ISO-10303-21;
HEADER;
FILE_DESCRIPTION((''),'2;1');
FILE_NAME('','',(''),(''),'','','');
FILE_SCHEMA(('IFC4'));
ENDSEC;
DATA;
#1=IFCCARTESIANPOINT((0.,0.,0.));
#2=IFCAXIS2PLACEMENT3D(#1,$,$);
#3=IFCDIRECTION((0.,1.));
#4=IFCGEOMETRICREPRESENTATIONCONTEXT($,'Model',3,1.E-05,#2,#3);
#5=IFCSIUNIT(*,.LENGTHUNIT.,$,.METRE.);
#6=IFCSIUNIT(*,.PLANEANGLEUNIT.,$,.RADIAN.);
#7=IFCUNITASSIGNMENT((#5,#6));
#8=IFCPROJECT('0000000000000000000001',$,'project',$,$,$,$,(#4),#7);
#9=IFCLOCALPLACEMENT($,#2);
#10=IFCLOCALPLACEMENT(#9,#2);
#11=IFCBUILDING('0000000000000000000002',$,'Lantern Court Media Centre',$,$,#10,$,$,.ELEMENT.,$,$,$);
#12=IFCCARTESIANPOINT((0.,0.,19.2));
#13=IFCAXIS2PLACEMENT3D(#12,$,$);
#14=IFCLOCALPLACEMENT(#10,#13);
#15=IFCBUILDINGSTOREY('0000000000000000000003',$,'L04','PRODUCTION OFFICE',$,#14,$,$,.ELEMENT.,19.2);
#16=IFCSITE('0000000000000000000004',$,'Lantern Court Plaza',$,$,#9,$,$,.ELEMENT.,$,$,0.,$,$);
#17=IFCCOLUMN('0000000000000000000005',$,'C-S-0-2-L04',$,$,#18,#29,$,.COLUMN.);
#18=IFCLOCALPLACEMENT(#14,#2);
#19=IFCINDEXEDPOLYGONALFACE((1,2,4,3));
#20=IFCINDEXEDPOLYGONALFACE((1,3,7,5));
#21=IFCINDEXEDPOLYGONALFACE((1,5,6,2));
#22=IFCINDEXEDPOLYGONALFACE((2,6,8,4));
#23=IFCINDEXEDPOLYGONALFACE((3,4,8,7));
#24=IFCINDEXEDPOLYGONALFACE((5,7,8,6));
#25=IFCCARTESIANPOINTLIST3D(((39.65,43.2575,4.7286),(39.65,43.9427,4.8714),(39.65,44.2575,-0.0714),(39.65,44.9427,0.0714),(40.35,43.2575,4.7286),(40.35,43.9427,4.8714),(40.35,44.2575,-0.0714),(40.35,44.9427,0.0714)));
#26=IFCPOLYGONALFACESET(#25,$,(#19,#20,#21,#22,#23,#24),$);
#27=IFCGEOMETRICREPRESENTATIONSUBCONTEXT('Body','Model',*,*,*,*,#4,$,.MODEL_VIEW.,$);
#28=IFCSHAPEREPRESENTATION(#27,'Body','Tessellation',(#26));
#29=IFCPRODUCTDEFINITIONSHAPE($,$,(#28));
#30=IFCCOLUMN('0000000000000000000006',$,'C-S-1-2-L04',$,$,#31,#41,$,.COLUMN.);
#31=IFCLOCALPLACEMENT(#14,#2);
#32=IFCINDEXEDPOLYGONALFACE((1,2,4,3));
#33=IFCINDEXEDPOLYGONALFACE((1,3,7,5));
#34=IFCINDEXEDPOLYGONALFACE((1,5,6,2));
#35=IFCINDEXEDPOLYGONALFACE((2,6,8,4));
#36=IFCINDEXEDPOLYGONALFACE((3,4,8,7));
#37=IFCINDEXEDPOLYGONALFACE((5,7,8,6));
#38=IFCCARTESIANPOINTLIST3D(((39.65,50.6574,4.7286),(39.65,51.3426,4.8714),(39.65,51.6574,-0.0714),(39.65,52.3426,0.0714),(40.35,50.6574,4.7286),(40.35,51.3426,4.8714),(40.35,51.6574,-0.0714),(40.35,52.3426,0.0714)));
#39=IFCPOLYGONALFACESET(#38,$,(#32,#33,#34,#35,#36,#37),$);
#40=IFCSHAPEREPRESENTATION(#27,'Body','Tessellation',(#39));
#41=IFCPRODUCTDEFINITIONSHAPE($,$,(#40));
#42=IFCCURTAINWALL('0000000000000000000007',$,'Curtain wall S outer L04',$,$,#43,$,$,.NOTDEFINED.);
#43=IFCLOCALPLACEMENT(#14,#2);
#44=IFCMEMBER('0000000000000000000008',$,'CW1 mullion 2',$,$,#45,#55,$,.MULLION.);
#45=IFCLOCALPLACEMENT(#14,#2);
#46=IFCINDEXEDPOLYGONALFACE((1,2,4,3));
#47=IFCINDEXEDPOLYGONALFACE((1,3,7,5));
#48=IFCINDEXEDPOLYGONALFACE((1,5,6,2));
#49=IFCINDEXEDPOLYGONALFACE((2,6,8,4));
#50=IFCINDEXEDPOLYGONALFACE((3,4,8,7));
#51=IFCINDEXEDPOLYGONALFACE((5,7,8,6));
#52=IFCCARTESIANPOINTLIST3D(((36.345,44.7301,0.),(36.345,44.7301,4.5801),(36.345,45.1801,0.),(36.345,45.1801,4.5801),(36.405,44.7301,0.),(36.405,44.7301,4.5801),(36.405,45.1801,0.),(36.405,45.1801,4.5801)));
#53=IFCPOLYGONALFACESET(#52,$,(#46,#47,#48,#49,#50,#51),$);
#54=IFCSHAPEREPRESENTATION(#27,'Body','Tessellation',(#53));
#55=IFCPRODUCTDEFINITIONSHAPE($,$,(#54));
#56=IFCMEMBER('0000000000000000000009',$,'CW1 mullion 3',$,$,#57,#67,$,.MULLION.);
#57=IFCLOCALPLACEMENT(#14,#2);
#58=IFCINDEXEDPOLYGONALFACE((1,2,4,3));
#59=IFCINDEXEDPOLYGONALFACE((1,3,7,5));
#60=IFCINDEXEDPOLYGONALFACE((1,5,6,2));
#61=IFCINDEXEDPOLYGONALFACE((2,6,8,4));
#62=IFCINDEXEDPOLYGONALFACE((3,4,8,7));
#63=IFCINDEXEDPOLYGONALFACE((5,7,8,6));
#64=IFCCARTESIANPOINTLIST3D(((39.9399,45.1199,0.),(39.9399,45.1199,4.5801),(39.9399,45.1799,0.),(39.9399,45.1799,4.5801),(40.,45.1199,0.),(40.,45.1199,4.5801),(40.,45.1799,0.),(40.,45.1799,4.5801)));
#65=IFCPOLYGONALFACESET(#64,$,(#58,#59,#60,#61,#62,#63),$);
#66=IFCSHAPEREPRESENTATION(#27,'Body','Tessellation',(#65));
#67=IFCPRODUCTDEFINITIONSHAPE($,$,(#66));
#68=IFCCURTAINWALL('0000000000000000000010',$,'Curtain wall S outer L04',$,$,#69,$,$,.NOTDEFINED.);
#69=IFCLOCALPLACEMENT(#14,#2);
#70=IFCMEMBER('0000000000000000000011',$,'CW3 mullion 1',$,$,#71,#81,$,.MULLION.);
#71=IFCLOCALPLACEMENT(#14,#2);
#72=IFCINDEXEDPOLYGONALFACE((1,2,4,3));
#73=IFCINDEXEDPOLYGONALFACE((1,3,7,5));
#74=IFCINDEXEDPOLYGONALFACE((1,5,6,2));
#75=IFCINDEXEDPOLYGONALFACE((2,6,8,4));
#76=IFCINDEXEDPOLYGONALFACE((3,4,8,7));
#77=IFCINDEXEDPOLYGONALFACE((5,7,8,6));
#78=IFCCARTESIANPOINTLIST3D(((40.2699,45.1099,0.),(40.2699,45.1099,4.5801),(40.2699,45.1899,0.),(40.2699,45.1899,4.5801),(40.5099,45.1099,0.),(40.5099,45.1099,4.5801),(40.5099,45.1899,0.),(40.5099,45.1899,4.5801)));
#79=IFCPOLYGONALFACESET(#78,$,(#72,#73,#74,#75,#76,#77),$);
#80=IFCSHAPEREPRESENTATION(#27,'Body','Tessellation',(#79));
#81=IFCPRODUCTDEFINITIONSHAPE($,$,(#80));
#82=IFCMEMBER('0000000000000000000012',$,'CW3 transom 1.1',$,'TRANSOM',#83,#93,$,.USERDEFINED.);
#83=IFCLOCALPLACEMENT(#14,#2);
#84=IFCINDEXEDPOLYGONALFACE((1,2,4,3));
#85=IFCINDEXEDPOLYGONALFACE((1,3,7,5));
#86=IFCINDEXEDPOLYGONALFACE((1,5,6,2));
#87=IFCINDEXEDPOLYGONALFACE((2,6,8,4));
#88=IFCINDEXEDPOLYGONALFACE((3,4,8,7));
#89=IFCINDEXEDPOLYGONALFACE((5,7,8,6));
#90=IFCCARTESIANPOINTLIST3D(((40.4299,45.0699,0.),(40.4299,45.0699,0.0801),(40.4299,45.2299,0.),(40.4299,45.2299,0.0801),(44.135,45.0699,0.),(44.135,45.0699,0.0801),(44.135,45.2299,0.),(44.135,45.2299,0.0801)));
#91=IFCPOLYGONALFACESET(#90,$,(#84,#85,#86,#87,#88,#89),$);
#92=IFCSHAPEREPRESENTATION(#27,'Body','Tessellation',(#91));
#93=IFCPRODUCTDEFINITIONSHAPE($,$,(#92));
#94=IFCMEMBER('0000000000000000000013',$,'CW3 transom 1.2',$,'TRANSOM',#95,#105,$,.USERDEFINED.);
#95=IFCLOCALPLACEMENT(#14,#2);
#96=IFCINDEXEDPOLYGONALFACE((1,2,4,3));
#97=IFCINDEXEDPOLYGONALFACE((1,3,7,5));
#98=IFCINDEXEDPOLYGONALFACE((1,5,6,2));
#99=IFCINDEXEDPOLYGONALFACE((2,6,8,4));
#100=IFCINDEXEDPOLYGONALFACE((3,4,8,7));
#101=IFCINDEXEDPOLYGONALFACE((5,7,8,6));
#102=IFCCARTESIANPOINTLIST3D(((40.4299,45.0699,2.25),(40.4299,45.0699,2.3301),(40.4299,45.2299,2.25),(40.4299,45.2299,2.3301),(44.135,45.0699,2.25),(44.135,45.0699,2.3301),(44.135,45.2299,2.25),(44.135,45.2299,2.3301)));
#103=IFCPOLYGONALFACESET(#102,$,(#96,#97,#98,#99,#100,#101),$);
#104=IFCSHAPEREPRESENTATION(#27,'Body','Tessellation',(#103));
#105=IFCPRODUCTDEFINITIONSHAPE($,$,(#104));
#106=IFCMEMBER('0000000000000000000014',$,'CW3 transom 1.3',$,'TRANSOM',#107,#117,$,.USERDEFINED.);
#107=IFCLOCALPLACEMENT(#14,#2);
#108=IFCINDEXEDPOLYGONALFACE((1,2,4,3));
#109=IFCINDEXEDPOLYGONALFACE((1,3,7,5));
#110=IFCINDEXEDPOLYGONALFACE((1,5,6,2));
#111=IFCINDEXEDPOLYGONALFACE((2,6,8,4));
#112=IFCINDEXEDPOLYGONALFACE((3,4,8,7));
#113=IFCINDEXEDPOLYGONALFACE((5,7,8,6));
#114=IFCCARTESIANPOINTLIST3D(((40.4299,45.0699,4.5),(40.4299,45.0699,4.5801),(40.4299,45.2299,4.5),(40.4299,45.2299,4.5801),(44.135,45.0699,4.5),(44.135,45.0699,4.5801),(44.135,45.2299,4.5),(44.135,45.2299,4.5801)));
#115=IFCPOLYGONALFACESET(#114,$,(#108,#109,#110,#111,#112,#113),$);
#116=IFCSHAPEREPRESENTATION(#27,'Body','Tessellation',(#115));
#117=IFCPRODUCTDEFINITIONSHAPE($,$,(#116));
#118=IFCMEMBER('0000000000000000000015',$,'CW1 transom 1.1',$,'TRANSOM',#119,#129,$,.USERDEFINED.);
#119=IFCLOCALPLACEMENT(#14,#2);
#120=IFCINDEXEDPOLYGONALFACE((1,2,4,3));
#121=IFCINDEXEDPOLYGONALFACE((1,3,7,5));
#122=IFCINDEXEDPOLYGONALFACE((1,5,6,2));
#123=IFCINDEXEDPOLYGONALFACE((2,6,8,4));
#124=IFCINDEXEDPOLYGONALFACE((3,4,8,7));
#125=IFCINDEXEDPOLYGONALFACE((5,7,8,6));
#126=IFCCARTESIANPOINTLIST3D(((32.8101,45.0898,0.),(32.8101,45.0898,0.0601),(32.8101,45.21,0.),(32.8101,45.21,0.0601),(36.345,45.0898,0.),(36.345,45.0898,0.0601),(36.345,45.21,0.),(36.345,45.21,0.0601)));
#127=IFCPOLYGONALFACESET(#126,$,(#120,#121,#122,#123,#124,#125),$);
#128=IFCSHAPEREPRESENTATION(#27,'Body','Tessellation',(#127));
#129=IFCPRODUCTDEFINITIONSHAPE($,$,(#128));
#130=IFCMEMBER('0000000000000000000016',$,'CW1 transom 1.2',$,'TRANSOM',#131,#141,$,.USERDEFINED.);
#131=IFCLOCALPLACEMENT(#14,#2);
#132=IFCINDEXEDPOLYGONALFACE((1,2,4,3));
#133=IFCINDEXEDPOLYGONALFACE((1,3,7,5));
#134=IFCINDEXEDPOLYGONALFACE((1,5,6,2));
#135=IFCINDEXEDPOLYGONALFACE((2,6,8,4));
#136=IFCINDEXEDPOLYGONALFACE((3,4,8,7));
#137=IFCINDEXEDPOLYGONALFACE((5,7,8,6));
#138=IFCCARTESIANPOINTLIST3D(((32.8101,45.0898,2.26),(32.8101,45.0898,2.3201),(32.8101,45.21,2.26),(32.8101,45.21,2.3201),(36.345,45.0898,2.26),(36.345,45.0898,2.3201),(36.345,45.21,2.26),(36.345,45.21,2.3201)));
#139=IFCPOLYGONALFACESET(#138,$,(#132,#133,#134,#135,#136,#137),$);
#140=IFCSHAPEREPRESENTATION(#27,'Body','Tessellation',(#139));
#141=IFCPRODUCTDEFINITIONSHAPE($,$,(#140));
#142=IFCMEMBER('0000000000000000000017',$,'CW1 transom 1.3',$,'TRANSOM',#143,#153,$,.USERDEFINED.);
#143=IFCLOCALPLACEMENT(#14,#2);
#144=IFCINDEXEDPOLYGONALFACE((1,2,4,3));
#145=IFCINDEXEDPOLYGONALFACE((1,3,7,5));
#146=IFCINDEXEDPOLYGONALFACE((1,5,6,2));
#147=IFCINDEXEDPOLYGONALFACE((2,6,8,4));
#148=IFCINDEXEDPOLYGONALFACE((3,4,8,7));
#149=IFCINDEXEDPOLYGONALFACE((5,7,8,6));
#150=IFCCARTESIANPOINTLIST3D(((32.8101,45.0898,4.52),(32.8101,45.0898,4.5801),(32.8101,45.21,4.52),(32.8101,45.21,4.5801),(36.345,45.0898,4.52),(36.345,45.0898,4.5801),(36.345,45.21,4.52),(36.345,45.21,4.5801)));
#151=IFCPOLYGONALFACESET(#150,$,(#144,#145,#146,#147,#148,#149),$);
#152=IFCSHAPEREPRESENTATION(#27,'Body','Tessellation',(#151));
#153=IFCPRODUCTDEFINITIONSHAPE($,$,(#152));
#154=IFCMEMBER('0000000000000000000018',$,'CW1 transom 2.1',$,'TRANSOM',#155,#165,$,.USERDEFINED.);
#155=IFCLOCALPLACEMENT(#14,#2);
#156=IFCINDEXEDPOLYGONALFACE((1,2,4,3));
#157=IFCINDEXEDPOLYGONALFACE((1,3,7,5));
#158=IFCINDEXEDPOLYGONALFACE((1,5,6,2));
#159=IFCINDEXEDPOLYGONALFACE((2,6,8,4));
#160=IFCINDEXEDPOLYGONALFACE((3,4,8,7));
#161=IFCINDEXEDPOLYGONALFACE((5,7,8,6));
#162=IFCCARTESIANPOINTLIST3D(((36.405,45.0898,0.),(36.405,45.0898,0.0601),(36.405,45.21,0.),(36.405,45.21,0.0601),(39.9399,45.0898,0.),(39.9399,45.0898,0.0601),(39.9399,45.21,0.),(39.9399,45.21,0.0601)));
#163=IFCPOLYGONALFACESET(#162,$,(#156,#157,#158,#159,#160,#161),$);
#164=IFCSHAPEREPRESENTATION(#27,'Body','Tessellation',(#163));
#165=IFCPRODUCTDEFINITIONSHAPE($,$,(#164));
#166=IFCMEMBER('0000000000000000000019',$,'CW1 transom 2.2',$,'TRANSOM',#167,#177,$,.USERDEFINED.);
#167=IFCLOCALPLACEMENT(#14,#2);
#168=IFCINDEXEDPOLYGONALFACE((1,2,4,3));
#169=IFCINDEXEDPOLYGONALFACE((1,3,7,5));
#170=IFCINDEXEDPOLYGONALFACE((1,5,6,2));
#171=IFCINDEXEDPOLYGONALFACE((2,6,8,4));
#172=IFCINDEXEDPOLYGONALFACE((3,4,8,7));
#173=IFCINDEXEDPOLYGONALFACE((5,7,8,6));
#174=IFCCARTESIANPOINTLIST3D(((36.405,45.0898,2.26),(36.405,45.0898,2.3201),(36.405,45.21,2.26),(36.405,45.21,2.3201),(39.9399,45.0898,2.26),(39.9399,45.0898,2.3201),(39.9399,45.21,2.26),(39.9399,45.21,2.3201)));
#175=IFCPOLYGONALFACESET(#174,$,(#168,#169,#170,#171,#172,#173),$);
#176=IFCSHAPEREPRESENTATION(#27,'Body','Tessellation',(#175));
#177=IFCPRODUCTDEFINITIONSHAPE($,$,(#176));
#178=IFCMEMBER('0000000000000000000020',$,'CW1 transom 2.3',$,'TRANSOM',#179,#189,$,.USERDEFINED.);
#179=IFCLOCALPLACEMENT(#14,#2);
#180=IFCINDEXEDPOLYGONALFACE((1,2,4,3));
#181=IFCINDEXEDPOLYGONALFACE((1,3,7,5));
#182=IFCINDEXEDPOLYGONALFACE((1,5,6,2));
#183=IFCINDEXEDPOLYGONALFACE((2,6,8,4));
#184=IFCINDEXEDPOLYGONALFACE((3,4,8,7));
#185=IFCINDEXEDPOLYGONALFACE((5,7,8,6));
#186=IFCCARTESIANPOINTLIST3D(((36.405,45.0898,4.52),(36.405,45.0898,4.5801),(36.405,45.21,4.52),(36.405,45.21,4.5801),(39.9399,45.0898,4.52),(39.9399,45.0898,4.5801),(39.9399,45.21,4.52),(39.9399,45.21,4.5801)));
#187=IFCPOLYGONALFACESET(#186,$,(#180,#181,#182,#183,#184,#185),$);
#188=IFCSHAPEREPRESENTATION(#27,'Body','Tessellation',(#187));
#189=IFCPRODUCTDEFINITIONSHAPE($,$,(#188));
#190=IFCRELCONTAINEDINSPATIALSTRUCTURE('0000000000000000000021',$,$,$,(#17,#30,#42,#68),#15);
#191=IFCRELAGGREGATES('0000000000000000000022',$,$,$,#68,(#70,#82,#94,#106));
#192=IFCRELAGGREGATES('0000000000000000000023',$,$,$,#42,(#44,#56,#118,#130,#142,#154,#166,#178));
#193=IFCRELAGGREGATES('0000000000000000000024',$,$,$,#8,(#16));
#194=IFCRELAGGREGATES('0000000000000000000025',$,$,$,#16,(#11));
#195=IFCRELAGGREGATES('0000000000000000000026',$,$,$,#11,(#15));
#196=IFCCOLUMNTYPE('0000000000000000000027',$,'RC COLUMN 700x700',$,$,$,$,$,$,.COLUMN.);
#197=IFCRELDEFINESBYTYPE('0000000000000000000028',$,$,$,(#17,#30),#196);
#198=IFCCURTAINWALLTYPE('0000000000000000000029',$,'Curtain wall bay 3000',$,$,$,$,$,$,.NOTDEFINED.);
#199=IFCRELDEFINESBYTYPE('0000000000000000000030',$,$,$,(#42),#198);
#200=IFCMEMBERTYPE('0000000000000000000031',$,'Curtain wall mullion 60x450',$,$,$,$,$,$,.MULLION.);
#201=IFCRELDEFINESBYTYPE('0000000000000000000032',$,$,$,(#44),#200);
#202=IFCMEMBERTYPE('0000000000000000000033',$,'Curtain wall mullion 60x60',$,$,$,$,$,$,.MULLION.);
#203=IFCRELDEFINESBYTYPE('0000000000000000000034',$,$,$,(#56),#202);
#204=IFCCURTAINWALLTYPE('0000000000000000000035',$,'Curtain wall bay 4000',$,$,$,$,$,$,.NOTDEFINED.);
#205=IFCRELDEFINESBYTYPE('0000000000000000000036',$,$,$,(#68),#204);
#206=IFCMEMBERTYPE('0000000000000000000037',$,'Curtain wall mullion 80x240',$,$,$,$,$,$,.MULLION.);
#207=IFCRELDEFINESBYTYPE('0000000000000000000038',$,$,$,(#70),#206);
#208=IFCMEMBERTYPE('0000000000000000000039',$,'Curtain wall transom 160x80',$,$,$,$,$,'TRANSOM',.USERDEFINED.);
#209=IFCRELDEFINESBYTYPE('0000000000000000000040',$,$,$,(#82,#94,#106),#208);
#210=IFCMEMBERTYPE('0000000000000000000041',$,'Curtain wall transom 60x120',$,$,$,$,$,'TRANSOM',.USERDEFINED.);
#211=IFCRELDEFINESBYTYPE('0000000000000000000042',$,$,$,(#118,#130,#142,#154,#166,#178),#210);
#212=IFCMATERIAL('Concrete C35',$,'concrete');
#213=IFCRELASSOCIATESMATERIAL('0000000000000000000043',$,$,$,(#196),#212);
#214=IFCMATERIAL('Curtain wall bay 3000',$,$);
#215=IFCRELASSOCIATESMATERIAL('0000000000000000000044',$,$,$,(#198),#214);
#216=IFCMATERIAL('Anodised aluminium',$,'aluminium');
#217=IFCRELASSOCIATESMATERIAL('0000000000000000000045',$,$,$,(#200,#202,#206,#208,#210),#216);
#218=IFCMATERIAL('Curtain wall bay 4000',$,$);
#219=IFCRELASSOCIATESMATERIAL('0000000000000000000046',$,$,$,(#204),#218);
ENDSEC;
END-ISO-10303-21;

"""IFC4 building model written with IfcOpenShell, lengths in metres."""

from ifc_helpers import new_model, si_unit, direction, frame, origin, origin_2d, place, context, subcontext, project, spatial, rectangle, extrude, material, material_profile, profile_set, type_object, element, aggregate, save


model = new_model("IFC4")

# Units and contexts
model_context = context("Model", 3, precision=1e-05, world=origin(), true_north=direction((0.0, 1.0)))
body_context = subcontext(model_context, "Body", "Model", "MODEL_VIEW")
ifc_project = project(units=[si_unit("LENGTHUNIT", "METRE"), si_unit("PLANEANGLEUNIT", "RADIAN")], contexts=[model_context])

# Site, building, storey
site_placement = place(None, origin())
site = spatial("IfcSite", under=ifc_project, at=site_placement, Name="Lantern Court Plaza", CompositionType="ELEMENT", RefElevation=0.0)
building_placement = place(site_placement, origin())
building = spatial("IfcBuilding", under=site, at=building_placement, Name="Lantern Court Media Centre", CompositionType="ELEMENT")
storey_placement = place(building_placement, frame((0.0, 0.0, 19.2)))
storey = spatial("IfcBuildingStorey", under=building, at=storey_placement, Name="L04", Description="PRODUCTION OFFICE", CompositionType="ELEMENT", Elevation=19.2)

# Columns
ifc_material_1 = material(Name="Concrete C35", Category="concrete")
ifc_material_profile_1 = material_profile(ifc_material_1, rectangle(XDim=0.7, YDim=0.7, at=origin_2d()), Name="RC 700x700")
ifc_profile_set_1 = profile_set([ifc_material_profile_1], Name="Concrete C35")
column_type = type_object("IfcColumnType", Name="RC COLUMN 700x700", PredefinedType="COLUMN", material=ifc_profile_set_1)
for number, where, z_axis, x_axis, name in (
    (1, (40.0, 44.6001, 0.0), (0.0, -0.203952, 0.978981), (1.0, 0.0, 0.0), "C-S-0-2-L04"),
    (2, (40.0, 52.0, 0.0), (0.0, -0.203952, 0.978981), (1.0, 0.0, 0.0), "C-S-1-2-L04"),
):
    element("IfcColumn", number, at=place(storey_placement, frame(where, z_axis=z_axis, x_axis=x_axis)), inside=storey, type_object=column_type, Name=name, PredefinedType="COLUMN", context=body_context, shape_type="SweptSolid", body=[
        extrude(rectangle(XDim=0.7, YDim=0.7, at=origin_2d()), origin(), (0.0, 0.0, 1.0), 4.9031),
    ])

# Curtain walls, members
ifc_material_2 = material(Name="Curtain wall bay 3000")
curtain_wall_type_1 = type_object("IfcCurtainWallType", Name="Curtain wall bay 3000", PredefinedType="NOTDEFINED", material=ifc_material_2)
curtain_wall_1_placement = place(storey_placement, origin())
curtain_wall_1 = element("IfcCurtainWall", 3, at=curtain_wall_1_placement, inside=storey, type_object=curtain_wall_type_1, Name="Curtain wall S outer L04", PredefinedType="NOTDEFINED")
ifc_material_3 = material(Name="Anodised aluminium", Category="aluminium")
ifc_material_profile_2 = material_profile(ifc_material_3, rectangle(XDim=0.45, YDim=0.0601, at=origin_2d()), Name="AL 60x450")
ifc_profile_set_2 = profile_set([ifc_material_profile_2], Name="Anodised aluminium")
member_type_1 = type_object("IfcMemberType", Name="Curtain wall mullion 60x450", PredefinedType="MULLION", material=ifc_profile_set_2)
member_1_placement = place(storey_placement, frame((36.375, 44.9551, 0.0), z_axis=(0.0, 0.0, 1.0), x_axis=(0.0, 1.0, 0.0)))
member_1 = element("IfcMember", 4, at=member_1_placement, type_object=member_type_1, Name="CW1 mullion 2", PredefinedType="MULLION", context=body_context, shape_type="SweptSolid", body=[
    extrude(rectangle(XDim=0.45, YDim=0.0601, at=origin_2d()), origin(), (0.0, 0.0, 1.0), 4.5801),
])
ifc_material_profile_3 = material_profile(ifc_material_3, rectangle(XDim=0.0601, YDim=0.0601, at=origin_2d()), Name="AL 60x60")
ifc_profile_set_3 = profile_set([ifc_material_profile_3], Name="Anodised aluminium")
member_type_2 = type_object("IfcMemberType", Name="Curtain wall mullion 60x60", PredefinedType="MULLION", material=ifc_profile_set_3)
member_2_placement = place(storey_placement, frame((39.97, 45.1499, 0.0), z_axis=(0.0, 0.0, 1.0), x_axis=(0.0, 1.0, 0.0)))
member_2 = element("IfcMember", 5, at=member_2_placement, type_object=member_type_2, Name="CW1 mullion 3", PredefinedType="MULLION", context=body_context, shape_type="SweptSolid", body=[
    extrude(rectangle(XDim=0.0601, YDim=0.0601, at=origin_2d()), origin(), (0.0, 0.0, 1.0), 4.5801),
])
ifc_material_4 = material(Name="Curtain wall bay 4000")
curtain_wall_type_2 = type_object("IfcCurtainWallType", Name="Curtain wall bay 4000", PredefinedType="NOTDEFINED", material=ifc_material_4)
curtain_wall_2_placement = place(storey_placement, origin())
curtain_wall_2 = element("IfcCurtainWall", 6, at=curtain_wall_2_placement, inside=storey, type_object=curtain_wall_type_2, Name="Curtain wall S outer L04", PredefinedType="NOTDEFINED")
ifc_material_profile_4 = material_profile(ifc_material_3, rectangle(XDim=0.0801, YDim=0.24, at=origin_2d()), Name="AL 80x240")
ifc_profile_set_4 = profile_set([ifc_material_profile_4], Name="Anodised aluminium")
member_type_3 = type_object("IfcMemberType", Name="Curtain wall mullion 80x240", PredefinedType="MULLION", material=ifc_profile_set_4)
member_3_placement = place(storey_placement, frame((40.3899, 45.1499, 0.0), z_axis=(0.0, 0.0, 1.0), x_axis=(0.0, 1.0, 0.0)))
member_3 = element("IfcMember", 7, at=member_3_placement, type_object=member_type_3, Name="CW3 mullion 1", PredefinedType="MULLION", context=body_context, shape_type="SweptSolid", body=[
    extrude(rectangle(XDim=0.0801, YDim=0.24, at=origin_2d()), origin(), (0.0, 0.0, 1.0), 4.5801),
])
ifc_material_profile_5 = material_profile(ifc_material_3, rectangle(XDim=0.1599, YDim=0.0801, at=origin_2d()), Name="AL 80x160")
ifc_profile_set_5 = profile_set([ifc_material_profile_5], Name="Anodised aluminium")
member_type_4 = type_object("IfcMemberType", Name="Curtain wall transom 160x80", ElementType="TRANSOM", PredefinedType="USERDEFINED", material=ifc_profile_set_5)
member_4_placement = place(storey_placement, frame((40.4299, 45.1499, 0.04), z_axis=(1.0, 0.0, 0.0), x_axis=(0.0, 1.0, 0.0)))
member_4 = element("IfcMember", 8, at=member_4_placement, type_object=member_type_4, Name="CW3 transom 1.1", ObjectType="TRANSOM", PredefinedType="USERDEFINED", context=body_context, shape_type="SweptSolid", body=[
    extrude(rectangle(XDim=0.1599, YDim=0.0801, at=origin_2d()), origin(), (0.0, 0.0, 1.0), 3.7051),
])
member_5_placement = place(storey_placement, frame((40.4299, 45.1499, 2.29), z_axis=(1.0, 0.0, 0.0), x_axis=(0.0, 1.0, 0.0)))
member_5 = element("IfcMember", 9, at=member_5_placement, type_object=member_type_4, Name="CW3 transom 1.2", ObjectType="TRANSOM", PredefinedType="USERDEFINED", context=body_context, shape_type="SweptSolid", body=[
    extrude(rectangle(XDim=0.1599, YDim=0.0801, at=origin_2d()), origin(), (0.0, 0.0, 1.0), 3.7051),
])
member_6_placement = place(storey_placement, frame((40.4299, 45.1499, 4.54), z_axis=(1.0, 0.0, 0.0), x_axis=(0.0, 1.0, 0.0)))
member_6 = element("IfcMember", 10, at=member_6_placement, type_object=member_type_4, Name="CW3 transom 1.3", ObjectType="TRANSOM", PredefinedType="USERDEFINED", context=body_context, shape_type="SweptSolid", body=[
    extrude(rectangle(XDim=0.1599, YDim=0.0801, at=origin_2d()), origin(), (0.0, 0.0, 1.0), 3.7051),
])
aggregate(curtain_wall_2, [member_3, member_4, member_5, member_6])

# Members
ifc_material_profile_6 = material_profile(ifc_material_3, rectangle(XDim=0.1201, YDim=0.0601, at=origin_2d()), Name="AL 60x120")
ifc_profile_set_6 = profile_set([ifc_material_profile_6], Name="Anodised aluminium")
member_type_5 = type_object("IfcMemberType", Name="Curtain wall transom 60x120", ElementType="TRANSOM", PredefinedType="USERDEFINED", material=ifc_profile_set_6)
member_7_placement = place(storey_placement, frame((32.8101, 45.1499, 0.03), z_axis=(1.0, 0.0, 0.0), x_axis=(0.0, 1.0, 0.0)))
member_7 = element("IfcMember", 11, at=member_7_placement, type_object=member_type_5, Name="CW1 transom 1.1", ObjectType="TRANSOM", PredefinedType="USERDEFINED", context=body_context, shape_type="SweptSolid", body=[
    extrude(rectangle(XDim=0.1201, YDim=0.0601, at=origin_2d()), origin(), (0.0, 0.0, 1.0), 3.5349),
])
member_8_placement = place(storey_placement, frame((32.8101, 45.1499, 2.29), z_axis=(1.0, 0.0, 0.0), x_axis=(0.0, 1.0, 0.0)))
member_8 = element("IfcMember", 12, at=member_8_placement, type_object=member_type_5, Name="CW1 transom 1.2", ObjectType="TRANSOM", PredefinedType="USERDEFINED", context=body_context, shape_type="SweptSolid", body=[
    extrude(rectangle(XDim=0.1201, YDim=0.0601, at=origin_2d()), origin(), (0.0, 0.0, 1.0), 3.5349),
])
member_9_placement = place(storey_placement, frame((32.8101, 45.1499, 4.55), z_axis=(1.0, 0.0, 0.0), x_axis=(0.0, 1.0, 0.0)))
member_9 = element("IfcMember", 13, at=member_9_placement, type_object=member_type_5, Name="CW1 transom 1.3", ObjectType="TRANSOM", PredefinedType="USERDEFINED", context=body_context, shape_type="SweptSolid", body=[
    extrude(rectangle(XDim=0.1201, YDim=0.0601, at=origin_2d()), origin(), (0.0, 0.0, 1.0), 3.5349),
])
member_10_placement = place(storey_placement, frame((36.405, 45.1499, 0.03), z_axis=(1.0, 0.0, 0.0), x_axis=(0.0, 1.0, 0.0)))
member_10 = element("IfcMember", 14, at=member_10_placement, type_object=member_type_5, Name="CW1 transom 2.1", ObjectType="TRANSOM", PredefinedType="USERDEFINED", context=body_context, shape_type="SweptSolid", body=[
    extrude(rectangle(XDim=0.1201, YDim=0.0601, at=origin_2d()), origin(), (0.0, 0.0, 1.0), 3.5349),
])
member_11_placement = place(storey_placement, frame((36.405, 45.1499, 2.29), z_axis=(1.0, 0.0, 0.0), x_axis=(0.0, 1.0, 0.0)))
member_11 = element("IfcMember", 15, at=member_11_placement, type_object=member_type_5, Name="CW1 transom 2.2", ObjectType="TRANSOM", PredefinedType="USERDEFINED", context=body_context, shape_type="SweptSolid", body=[
    extrude(rectangle(XDim=0.1201, YDim=0.0601, at=origin_2d()), origin(), (0.0, 0.0, 1.0), 3.5349),
])
member_12_placement = place(storey_placement, frame((36.405, 45.1499, 4.55), z_axis=(1.0, 0.0, 0.0), x_axis=(0.0, 1.0, 0.0)))
member_12 = element("IfcMember", 16, at=member_12_placement, type_object=member_type_5, Name="CW1 transom 2.3", ObjectType="TRANSOM", PredefinedType="USERDEFINED", context=body_context, shape_type="SweptSolid", body=[
    extrude(rectangle(XDim=0.1201, YDim=0.0601, at=origin_2d()), origin(), (0.0, 0.0, 1.0), 3.5349),
])

aggregate(curtain_wall_1, [member_1, member_2, member_7, member_8, member_9, member_10, member_11, member_12])

save(model, "model.ifc")
